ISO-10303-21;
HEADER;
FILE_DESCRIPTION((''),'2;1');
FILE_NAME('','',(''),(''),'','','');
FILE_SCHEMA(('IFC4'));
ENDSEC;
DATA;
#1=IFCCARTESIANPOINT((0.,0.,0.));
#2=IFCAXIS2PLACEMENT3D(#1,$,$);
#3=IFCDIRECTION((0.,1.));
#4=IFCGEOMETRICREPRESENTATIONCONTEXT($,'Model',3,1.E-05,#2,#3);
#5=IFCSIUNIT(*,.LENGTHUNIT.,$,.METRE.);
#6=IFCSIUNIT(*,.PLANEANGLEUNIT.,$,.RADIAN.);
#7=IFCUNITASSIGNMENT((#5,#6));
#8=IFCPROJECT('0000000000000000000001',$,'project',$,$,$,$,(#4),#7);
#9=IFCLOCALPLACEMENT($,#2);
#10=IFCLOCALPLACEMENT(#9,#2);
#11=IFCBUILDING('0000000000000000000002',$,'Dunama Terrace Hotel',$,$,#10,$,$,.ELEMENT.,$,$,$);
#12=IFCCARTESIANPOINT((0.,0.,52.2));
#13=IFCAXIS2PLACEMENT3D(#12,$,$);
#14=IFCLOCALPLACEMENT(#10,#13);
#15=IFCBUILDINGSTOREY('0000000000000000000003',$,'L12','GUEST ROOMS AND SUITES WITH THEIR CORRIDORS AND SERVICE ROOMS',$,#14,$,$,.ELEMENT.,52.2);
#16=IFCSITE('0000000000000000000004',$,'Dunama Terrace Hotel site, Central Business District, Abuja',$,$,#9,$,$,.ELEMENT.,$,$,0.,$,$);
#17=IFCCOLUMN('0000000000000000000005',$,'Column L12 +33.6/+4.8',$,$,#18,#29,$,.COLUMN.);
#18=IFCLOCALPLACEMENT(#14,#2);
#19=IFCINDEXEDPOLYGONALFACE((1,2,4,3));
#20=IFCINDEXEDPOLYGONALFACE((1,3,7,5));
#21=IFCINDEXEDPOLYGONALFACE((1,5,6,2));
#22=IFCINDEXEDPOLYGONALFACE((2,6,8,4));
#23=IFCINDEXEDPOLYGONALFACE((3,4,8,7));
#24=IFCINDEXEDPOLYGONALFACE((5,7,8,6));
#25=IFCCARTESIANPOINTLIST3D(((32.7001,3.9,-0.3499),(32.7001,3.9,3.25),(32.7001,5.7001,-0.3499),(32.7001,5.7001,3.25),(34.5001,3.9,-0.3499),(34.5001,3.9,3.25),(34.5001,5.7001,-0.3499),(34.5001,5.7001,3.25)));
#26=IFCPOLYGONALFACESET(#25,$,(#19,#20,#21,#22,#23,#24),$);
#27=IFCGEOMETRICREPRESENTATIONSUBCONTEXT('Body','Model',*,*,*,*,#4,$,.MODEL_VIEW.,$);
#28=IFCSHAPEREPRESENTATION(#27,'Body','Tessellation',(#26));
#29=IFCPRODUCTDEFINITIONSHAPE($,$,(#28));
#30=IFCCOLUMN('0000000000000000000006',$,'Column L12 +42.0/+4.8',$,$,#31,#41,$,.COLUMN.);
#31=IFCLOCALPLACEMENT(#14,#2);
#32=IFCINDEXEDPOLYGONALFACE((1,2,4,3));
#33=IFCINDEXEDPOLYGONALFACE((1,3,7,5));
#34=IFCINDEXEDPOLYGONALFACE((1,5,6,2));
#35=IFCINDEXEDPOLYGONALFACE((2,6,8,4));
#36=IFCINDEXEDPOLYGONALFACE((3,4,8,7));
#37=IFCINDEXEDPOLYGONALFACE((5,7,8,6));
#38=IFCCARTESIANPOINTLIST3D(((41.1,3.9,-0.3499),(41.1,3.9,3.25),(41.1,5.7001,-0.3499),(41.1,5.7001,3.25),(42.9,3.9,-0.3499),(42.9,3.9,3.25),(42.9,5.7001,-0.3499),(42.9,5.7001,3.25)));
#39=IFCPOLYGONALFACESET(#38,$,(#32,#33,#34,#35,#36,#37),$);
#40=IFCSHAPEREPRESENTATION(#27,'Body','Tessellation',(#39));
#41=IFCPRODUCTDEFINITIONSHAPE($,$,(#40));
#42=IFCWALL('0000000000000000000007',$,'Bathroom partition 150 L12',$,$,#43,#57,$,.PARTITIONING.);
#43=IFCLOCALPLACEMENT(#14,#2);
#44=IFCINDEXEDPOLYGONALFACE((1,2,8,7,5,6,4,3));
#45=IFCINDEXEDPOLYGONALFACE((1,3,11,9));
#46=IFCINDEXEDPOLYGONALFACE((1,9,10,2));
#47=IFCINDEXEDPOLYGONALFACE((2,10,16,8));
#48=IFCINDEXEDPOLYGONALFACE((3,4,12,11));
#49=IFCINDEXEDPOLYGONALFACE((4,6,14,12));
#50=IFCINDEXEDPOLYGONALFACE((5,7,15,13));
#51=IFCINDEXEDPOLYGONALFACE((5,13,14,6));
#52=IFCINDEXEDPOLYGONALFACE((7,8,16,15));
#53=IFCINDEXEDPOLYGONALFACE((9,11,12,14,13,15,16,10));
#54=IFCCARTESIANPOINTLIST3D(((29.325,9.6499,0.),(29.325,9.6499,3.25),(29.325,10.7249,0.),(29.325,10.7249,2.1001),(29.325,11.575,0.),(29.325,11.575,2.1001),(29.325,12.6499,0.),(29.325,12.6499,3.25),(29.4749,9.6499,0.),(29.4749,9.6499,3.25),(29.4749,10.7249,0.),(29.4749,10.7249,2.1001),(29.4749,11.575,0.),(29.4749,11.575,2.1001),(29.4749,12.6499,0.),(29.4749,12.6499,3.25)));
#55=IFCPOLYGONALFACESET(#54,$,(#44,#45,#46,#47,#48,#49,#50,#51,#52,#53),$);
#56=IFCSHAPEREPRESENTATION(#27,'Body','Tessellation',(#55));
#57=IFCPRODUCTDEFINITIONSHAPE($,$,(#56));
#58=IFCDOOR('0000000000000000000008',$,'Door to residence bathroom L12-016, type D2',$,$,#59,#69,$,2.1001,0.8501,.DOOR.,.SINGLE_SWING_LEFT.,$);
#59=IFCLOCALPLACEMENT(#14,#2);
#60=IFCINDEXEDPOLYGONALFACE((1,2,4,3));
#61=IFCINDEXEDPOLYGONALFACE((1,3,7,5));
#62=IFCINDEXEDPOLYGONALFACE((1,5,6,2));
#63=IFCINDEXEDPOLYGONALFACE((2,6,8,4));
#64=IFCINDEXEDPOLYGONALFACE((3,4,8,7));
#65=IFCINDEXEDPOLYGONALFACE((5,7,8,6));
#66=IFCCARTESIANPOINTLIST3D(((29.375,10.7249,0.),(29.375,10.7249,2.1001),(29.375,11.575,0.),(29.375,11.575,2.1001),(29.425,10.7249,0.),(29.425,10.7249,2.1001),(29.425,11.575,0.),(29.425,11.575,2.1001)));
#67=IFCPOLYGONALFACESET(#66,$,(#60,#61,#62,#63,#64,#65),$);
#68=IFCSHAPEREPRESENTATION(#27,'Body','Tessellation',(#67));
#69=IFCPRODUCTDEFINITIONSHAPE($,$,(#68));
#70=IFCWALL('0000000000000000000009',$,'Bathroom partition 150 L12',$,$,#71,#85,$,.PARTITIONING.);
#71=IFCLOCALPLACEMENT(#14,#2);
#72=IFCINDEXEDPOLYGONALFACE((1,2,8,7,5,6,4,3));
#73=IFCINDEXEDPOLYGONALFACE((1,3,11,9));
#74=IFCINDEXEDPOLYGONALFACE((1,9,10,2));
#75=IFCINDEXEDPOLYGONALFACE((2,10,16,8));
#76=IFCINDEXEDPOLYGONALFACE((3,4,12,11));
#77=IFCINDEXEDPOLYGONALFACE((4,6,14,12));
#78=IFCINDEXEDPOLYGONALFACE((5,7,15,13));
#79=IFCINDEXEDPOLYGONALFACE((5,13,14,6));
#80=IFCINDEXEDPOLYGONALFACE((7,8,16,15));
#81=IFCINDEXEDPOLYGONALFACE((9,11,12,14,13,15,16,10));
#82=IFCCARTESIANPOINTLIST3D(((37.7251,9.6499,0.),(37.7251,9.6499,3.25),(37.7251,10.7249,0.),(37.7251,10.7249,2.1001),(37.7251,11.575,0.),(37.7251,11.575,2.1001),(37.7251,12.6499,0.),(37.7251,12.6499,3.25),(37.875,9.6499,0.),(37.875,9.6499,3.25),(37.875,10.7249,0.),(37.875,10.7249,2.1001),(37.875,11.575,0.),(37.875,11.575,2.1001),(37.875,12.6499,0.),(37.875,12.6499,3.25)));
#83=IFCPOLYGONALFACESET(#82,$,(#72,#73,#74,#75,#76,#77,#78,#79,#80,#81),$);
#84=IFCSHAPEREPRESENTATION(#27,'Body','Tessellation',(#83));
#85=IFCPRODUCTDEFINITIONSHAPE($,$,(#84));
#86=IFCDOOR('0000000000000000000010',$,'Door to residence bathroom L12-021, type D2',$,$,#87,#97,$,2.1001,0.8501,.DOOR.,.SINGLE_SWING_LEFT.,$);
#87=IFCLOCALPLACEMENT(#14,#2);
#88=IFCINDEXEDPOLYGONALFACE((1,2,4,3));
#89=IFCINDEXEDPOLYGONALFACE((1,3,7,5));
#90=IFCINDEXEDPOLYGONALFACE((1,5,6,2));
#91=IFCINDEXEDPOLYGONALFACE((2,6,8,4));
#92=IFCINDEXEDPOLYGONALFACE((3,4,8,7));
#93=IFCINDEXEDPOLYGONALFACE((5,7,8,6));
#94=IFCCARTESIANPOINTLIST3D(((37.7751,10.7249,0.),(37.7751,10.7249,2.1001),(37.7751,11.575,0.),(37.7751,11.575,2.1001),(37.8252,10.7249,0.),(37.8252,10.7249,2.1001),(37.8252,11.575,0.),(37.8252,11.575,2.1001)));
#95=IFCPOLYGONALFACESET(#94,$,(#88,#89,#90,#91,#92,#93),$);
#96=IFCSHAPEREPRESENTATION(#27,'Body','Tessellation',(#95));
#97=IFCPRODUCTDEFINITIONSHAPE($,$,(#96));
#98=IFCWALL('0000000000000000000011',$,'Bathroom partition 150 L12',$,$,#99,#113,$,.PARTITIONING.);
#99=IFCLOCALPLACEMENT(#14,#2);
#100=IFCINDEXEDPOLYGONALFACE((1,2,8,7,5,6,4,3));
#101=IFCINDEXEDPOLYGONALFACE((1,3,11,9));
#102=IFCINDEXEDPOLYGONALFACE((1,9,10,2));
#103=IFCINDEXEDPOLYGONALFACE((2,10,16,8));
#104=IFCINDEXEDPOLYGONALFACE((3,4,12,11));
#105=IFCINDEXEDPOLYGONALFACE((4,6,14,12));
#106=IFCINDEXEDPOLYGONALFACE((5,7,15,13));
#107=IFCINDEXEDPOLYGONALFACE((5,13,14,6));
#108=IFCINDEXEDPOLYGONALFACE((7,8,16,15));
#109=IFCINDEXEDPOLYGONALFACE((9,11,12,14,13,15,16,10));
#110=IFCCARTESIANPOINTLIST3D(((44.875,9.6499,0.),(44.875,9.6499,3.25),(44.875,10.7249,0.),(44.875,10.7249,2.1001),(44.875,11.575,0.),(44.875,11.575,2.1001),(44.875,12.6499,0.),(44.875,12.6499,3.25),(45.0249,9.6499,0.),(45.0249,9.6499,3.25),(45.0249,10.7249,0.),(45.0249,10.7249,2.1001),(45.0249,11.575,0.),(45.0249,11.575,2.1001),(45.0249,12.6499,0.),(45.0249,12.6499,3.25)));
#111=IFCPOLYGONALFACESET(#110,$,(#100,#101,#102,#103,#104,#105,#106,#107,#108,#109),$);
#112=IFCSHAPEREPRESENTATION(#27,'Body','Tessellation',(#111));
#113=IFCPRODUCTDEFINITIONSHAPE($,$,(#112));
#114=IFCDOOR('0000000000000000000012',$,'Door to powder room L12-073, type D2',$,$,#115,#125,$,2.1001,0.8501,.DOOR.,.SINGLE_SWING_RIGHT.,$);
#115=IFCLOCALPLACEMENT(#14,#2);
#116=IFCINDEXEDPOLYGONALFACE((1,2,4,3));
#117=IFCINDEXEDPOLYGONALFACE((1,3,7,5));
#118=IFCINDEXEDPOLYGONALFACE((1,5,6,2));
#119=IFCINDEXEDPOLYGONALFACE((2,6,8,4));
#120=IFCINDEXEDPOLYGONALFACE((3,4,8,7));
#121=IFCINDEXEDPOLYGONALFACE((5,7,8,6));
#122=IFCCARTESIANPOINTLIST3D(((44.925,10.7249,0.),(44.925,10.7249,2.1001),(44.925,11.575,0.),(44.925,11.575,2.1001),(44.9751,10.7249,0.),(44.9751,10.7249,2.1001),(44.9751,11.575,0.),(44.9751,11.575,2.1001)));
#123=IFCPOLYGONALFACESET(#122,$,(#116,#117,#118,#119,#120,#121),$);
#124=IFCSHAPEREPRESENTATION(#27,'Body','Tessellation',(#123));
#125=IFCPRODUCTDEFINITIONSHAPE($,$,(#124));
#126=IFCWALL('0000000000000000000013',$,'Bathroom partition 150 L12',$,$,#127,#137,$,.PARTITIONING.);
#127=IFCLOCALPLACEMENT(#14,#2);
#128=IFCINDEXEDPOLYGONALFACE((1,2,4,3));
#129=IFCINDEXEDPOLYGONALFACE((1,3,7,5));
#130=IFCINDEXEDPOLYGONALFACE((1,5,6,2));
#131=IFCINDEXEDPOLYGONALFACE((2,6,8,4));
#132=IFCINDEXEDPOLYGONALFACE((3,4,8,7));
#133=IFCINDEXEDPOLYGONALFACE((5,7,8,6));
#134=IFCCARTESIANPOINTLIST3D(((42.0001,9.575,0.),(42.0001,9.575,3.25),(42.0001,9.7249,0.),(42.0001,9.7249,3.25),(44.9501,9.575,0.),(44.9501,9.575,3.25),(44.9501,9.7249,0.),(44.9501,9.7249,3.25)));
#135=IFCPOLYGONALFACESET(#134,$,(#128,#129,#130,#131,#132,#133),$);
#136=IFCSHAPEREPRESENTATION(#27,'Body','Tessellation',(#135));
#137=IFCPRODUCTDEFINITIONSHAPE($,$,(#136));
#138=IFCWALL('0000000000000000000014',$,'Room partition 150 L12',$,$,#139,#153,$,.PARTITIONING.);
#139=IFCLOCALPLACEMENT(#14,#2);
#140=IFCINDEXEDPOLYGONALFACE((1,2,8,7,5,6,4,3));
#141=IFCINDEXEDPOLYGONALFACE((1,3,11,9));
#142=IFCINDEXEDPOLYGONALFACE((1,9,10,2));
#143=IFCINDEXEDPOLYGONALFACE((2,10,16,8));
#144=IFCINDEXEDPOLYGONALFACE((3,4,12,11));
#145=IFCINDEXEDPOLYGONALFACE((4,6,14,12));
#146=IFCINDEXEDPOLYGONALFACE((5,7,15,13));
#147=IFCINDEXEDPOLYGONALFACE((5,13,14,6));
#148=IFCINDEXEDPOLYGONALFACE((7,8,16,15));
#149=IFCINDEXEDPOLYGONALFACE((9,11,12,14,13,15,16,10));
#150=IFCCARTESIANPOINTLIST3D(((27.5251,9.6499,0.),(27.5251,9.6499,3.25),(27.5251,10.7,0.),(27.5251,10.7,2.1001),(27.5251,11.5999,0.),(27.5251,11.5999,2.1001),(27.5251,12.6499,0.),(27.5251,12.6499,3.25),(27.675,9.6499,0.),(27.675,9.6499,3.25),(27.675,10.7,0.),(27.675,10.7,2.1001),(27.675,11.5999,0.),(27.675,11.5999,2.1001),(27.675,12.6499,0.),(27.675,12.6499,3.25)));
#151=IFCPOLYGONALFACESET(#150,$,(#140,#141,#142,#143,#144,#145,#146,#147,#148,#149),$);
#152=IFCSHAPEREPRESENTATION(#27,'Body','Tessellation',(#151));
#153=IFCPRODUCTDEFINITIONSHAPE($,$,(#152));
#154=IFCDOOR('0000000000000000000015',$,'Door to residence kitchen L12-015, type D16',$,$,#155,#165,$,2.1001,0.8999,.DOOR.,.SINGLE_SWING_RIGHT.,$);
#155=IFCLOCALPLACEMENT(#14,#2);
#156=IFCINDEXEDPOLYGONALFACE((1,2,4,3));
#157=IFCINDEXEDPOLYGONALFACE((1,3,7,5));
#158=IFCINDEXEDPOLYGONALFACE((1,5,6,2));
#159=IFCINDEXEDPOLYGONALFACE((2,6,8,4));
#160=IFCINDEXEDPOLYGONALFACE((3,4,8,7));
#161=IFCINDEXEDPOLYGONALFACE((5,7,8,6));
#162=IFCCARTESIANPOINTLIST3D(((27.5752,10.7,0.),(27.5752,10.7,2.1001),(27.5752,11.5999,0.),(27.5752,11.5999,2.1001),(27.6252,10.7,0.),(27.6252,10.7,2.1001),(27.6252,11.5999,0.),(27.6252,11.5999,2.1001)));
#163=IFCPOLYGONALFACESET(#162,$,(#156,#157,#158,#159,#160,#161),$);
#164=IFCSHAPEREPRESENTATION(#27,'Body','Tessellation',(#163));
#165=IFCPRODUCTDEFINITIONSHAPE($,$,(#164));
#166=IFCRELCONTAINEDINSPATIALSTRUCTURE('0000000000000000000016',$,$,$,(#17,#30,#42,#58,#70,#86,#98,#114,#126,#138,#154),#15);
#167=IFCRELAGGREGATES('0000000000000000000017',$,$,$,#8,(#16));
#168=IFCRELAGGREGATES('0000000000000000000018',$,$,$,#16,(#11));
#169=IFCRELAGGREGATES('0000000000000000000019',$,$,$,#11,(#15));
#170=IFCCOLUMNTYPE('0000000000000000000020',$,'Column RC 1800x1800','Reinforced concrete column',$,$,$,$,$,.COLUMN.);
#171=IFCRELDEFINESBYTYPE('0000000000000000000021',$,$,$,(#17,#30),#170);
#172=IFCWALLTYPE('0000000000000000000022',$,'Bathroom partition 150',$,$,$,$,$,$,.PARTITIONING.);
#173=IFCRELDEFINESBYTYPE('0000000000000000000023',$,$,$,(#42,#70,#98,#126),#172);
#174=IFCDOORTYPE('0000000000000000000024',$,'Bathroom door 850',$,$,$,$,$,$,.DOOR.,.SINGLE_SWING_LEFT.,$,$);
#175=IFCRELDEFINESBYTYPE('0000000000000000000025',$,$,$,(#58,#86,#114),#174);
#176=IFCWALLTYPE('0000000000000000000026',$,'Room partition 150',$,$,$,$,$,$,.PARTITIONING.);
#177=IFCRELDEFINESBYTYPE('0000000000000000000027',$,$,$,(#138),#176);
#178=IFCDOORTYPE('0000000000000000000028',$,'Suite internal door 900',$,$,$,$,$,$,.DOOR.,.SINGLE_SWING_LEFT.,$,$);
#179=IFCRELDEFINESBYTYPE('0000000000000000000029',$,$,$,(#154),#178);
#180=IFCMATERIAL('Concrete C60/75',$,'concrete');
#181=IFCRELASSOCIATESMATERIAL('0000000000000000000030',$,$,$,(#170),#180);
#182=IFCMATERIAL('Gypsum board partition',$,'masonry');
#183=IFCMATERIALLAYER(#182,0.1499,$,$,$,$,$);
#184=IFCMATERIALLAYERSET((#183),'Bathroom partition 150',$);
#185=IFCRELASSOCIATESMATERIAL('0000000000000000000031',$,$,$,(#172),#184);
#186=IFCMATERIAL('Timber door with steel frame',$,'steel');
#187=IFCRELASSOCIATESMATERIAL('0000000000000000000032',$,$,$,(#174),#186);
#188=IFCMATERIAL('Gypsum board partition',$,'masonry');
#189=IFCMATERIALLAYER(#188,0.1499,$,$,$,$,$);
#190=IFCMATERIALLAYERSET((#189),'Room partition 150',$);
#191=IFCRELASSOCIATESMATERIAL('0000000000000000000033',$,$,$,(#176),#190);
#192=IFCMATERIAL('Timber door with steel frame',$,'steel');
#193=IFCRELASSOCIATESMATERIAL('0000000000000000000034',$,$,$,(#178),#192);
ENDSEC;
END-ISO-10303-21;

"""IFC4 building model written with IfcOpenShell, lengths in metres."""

from ifc_helpers import new_model, si_unit, direction, frame, frame_2d, origin, origin_2d, place, context, subcontext, project, spatial, rectangle, extrude, material, layer, layer_set, material_profile, profile_set, type_object, element, fill, save


model = new_model("IFC4")

# Units and contexts
model_context = context("Model", 3, precision=1e-05, world=origin(), true_north=direction((0.0, 1.0)))
body_context = subcontext(model_context, "Body", "Model", "MODEL_VIEW")
ifc_project = project(units=[si_unit("LENGTHUNIT", "METRE"), si_unit("PLANEANGLEUNIT", "RADIAN")], contexts=[model_context])

# Site, building, storey
site_placement = place(None, origin())
site = spatial("IfcSite", under=ifc_project, at=site_placement, Name="Dunama Terrace Hotel site, Central Business District, Abuja", CompositionType="ELEMENT", RefElevation=0.0)
building_placement = place(site_placement, origin())
building = spatial("IfcBuilding", under=site, at=building_placement, Name="Dunama Terrace Hotel", CompositionType="ELEMENT")
storey_placement = place(building_placement, frame((0.0, 0.0, 52.2)))
storey = spatial("IfcBuildingStorey", under=building, at=storey_placement, Name="L12", Description="GUEST ROOMS AND SUITES WITH THEIR CORRIDORS AND SERVICE ROOMS", CompositionType="ELEMENT", Elevation=52.2)

# Columns
ifc_material_1 = material(Name="Concrete C60/75", Category="concrete")
ifc_material_profile = material_profile(ifc_material_1, rectangle(XDim=1.8, YDim=1.8, at=origin_2d()), Name="RC 1800x1800")
ifc_profile_set = profile_set([ifc_material_profile], Name="Concrete C60/75")
column_type = type_object("IfcColumnType", Name="Column RC 1800x1800", Description="Reinforced concrete column", PredefinedType="COLUMN", material=ifc_profile_set)
for number, where, z_axis, x_axis, name in (
    (1, (33.6001, 4.8, -0.3499), (0.0, 0.0, 1.0), (1.0, 0.0, 0.0), "Column L12 +33.6/+4.8"),
    (2, (42.0, 4.8, -0.3499), (0.0, 0.0, 1.0), (1.0, 0.0, 0.0), "Column L12 +42.0/+4.8"),
):
    element("IfcColumn", number, at=place(storey_placement, frame(where, z_axis=z_axis, x_axis=x_axis)), inside=storey, type_object=column_type, Name=name, PredefinedType="COLUMN", context=body_context, shape_type="SweptSolid", body=[
        extrude(rectangle(XDim=1.8, YDim=1.8, at=origin_2d()), origin(), (0.0, 0.0, 1.0), 3.5999),
    ])

# Walls, openings, doors
ifc_material_2 = material(Name="Gypsum board partition", Category="masonry")
ifc_layer_1 = layer(ifc_material_2, 0.1499)
ifc_layer_set_1 = layer_set([ifc_layer_1], Name="Bathroom partition 150")
wall_type_1 = type_object("IfcWallType", Name="Bathroom partition 150", PredefinedType="PARTITIONING", material=ifc_layer_set_1)
wall_1_placement = place(storey_placement, frame((29.3999, 9.6499, 0.0), z_axis=(0.0, 0.0, 1.0), x_axis=(0.0, 1.0, 0.0)))
wall_1 = element("IfcWall", 3, at=wall_1_placement, inside=storey, type_object=wall_type_1, Name="Bathroom partition 150 L12", PredefinedType="PARTITIONING", context=body_context, shape_type="SweptSolid", body=[
    extrude(rectangle(XDim=3.0, YDim=0.1499, at=frame_2d((1.5, 0.0))), origin(), (0.0, 0.0, 1.0), 3.25),
])
opening_1_placement = place(wall_1_placement, frame((1.075, 0.0, 0.0)))
opening_1 = element("IfcOpeningElement", 4, at=opening_1_placement, cuts=wall_1, PredefinedType="OPENING", context=body_context, shape_type="SweptSolid", body=[
    extrude(rectangle(XDim=0.8501, YDim=2.1001, at=frame_2d((0.425, 1.05))), frame((0.0, 0.085, 0.0), z_axis=(0.0, -1.0, 0.0), x_axis=(1.0, 0.0, 0.0)), (0.0, 0.0, 1.0), 0.1699),
])
ifc_material_3 = material(Name="Timber door with steel frame", Category="steel")
door_type_1 = type_object("IfcDoorType", Name="Bathroom door 850", OperationType="SINGLE_SWING_LEFT", PredefinedType="DOOR", material=ifc_material_3)
door_1_placement = place(opening_1_placement, frame((0.8501, 0.0, 0.0), z_axis=(0.0, 0.0, 1.0), x_axis=(-1.0, 0.0, 0.0)))
door_1 = element("IfcDoor", 5, at=door_1_placement, inside=storey, type_object=door_type_1, Name="Door to residence bathroom L12-016, type D2", OperationType="SINGLE_SWING_LEFT", OverallHeight=2.1001, OverallWidth=0.8501, PredefinedType="DOOR", context=body_context, shape_type="SweptSolid", body=[
    extrude(rectangle(XDim=0.8501, YDim=2.1001, at=frame_2d((0.425, 1.05))), frame((0.0, 0.0251, 0.0), z_axis=(0.0, -1.0, 0.0), x_axis=(1.0, 0.0, 0.0)), (0.0, 0.0, 1.0), 0.05),
])
fill(opening_1, door_1)
wall_2_placement = place(storey_placement, frame((37.8, 9.6499, 0.0), z_axis=(0.0, 0.0, 1.0), x_axis=(0.0, 1.0, 0.0)))
wall_2 = element("IfcWall", 6, at=wall_2_placement, inside=storey, type_object=wall_type_1, Name="Bathroom partition 150 L12", PredefinedType="PARTITIONING", context=body_context, shape_type="SweptSolid", body=[
    extrude(rectangle(XDim=3.0, YDim=0.1499, at=frame_2d((1.5, 0.0))), origin(), (0.0, 0.0, 1.0), 3.25),
])
opening_2_placement = place(wall_2_placement, frame((1.075, 0.0, 0.0)))
opening_2 = element("IfcOpeningElement", 7, at=opening_2_placement, cuts=wall_2, PredefinedType="OPENING", context=body_context, shape_type="SweptSolid", body=[
    extrude(rectangle(XDim=0.8501, YDim=2.1001, at=frame_2d((0.425, 1.05))), frame((0.0, 0.085, 0.0), z_axis=(0.0, -1.0, 0.0), x_axis=(1.0, 0.0, 0.0)), (0.0, 0.0, 1.0), 0.1699),
])
door_2_placement = place(opening_2_placement, frame((0.8501, 0.0, 0.0), z_axis=(0.0, 0.0, 1.0), x_axis=(-1.0, 0.0, 0.0)))
door_2 = element("IfcDoor", 8, at=door_2_placement, inside=storey, type_object=door_type_1, Name="Door to residence bathroom L12-021, type D2", OperationType="SINGLE_SWING_LEFT", OverallHeight=2.1001, OverallWidth=0.8501, PredefinedType="DOOR", context=body_context, shape_type="SweptSolid", body=[
    extrude(rectangle(XDim=0.8501, YDim=2.1001, at=frame_2d((0.425, 1.05))), frame((0.0, 0.0251, 0.0), z_axis=(0.0, -1.0, 0.0), x_axis=(1.0, 0.0, 0.0)), (0.0, 0.0, 1.0), 0.05),
])
fill(opening_2, door_2)
wall_3_placement = place(storey_placement, frame((44.95, 9.6499, 0.0), z_axis=(0.0, 0.0, 1.0), x_axis=(0.0, 1.0, 0.0)))
wall_3 = element("IfcWall", 9, at=wall_3_placement, inside=storey, type_object=wall_type_1, Name="Bathroom partition 150 L12", PredefinedType="PARTITIONING", context=body_context, shape_type="SweptSolid", body=[
    extrude(rectangle(XDim=3.0, YDim=0.1499, at=frame_2d((1.5, 0.0))), origin(), (0.0, 0.0, 1.0), 3.25),
])
opening_3_placement = place(wall_3_placement, frame((1.075, 0.0, 0.0)))
opening_3 = element("IfcOpeningElement", 10, at=opening_3_placement, cuts=wall_3, PredefinedType="OPENING", context=body_context, shape_type="SweptSolid", body=[
    extrude(rectangle(XDim=0.8501, YDim=2.1001, at=frame_2d((0.425, 1.05))), frame((0.0, 0.085, 0.0), z_axis=(0.0, -1.0, 0.0), x_axis=(1.0, 0.0, 0.0)), (0.0, 0.0, 1.0), 0.1699),
])
door_3_placement = place(opening_3_placement, origin())
door_3 = element("IfcDoor", 11, at=door_3_placement, inside=storey, type_object=door_type_1, Name="Door to powder room L12-073, type D2", OperationType="SINGLE_SWING_RIGHT", OverallHeight=2.1001, OverallWidth=0.8501, PredefinedType="DOOR", context=body_context, shape_type="SweptSolid", body=[
    extrude(rectangle(XDim=0.8501, YDim=2.1001, at=frame_2d((0.425, 1.05))), frame((0.0, 0.0249, 0.0), z_axis=(0.0, -1.0, 0.0), x_axis=(1.0, 0.0, 0.0)), (0.0, 0.0, 1.0), 0.05),
])
fill(opening_3, door_3)

# Wall
wall_4_placement = place(storey_placement, frame((42.0, 9.6499, 0.0), z_axis=(0.0, 0.0, 1.0), x_axis=(1.0, 0.0, 0.0)))
element("IfcWall", 12, at=wall_4_placement, inside=storey, type_object=wall_type_1, Name="Bathroom partition 150 L12", PredefinedType="PARTITIONING", context=body_context, shape_type="SweptSolid", body=[
    extrude(rectangle(XDim=2.95, YDim=0.1499, at=frame_2d((1.4751, 0.0))), origin(), (0.0, 0.0, 1.0), 3.25),
])

# Wall, opening, door
ifc_material_4 = material(Name="Gypsum board partition", Category="masonry")
ifc_layer_2 = layer(ifc_material_4, 0.1499)
ifc_layer_set_2 = layer_set([ifc_layer_2], Name="Room partition 150")
wall_type_2 = type_object("IfcWallType", Name="Room partition 150", PredefinedType="PARTITIONING", material=ifc_layer_set_2)
wall_5_placement = place(storey_placement, frame((27.6001, 9.6499, 0.0), z_axis=(0.0, 0.0, 1.0), x_axis=(0.0, 1.0, 0.0)))
wall_5 = element("IfcWall", 13, at=wall_5_placement, inside=storey, type_object=wall_type_2, Name="Room partition 150 L12", PredefinedType="PARTITIONING", context=body_context, shape_type="SweptSolid", body=[
    extrude(rectangle(XDim=3.0, YDim=0.1499, at=frame_2d((1.5, 0.0))), origin(), (0.0, 0.0, 1.0), 3.25),
])
opening_4_placement = place(wall_5_placement, frame((1.05, 0.0, 0.0)))
opening_4 = element("IfcOpeningElement", 14, at=opening_4_placement, cuts=wall_5, PredefinedType="OPENING", context=body_context, shape_type="SweptSolid", body=[
    extrude(rectangle(XDim=0.8999, YDim=2.1001, at=frame_2d((0.45, 1.05))), frame((0.0, 0.085, 0.0), z_axis=(0.0, -1.0, 0.0), x_axis=(1.0, 0.0, 0.0)), (0.0, 0.0, 1.0), 0.1699),
])
ifc_material_5 = material(Name="Timber door with steel frame", Category="steel")
door_type_2 = type_object("IfcDoorType", Name="Suite internal door 900", OperationType="SINGLE_SWING_LEFT", PredefinedType="DOOR", material=ifc_material_5)
door_4_placement = place(opening_4_placement, origin())
door_4 = element("IfcDoor", 15, at=door_4_placement, inside=storey, type_object=door_type_2, Name="Door to residence kitchen L12-015, type D16", OperationType="SINGLE_SWING_RIGHT", OverallHeight=2.1001, OverallWidth=0.8999, PredefinedType="DOOR", context=body_context, shape_type="SweptSolid", body=[
    extrude(rectangle(XDim=0.8999, YDim=2.1001, at=frame_2d((0.45, 1.05))), frame((0.0, 0.0249, 0.0), z_axis=(0.0, -1.0, 0.0), x_axis=(1.0, 0.0, 0.0)), (0.0, 0.0, 1.0), 0.05),
])
fill(opening_4, door_4)

save(model, "model.ifc")
